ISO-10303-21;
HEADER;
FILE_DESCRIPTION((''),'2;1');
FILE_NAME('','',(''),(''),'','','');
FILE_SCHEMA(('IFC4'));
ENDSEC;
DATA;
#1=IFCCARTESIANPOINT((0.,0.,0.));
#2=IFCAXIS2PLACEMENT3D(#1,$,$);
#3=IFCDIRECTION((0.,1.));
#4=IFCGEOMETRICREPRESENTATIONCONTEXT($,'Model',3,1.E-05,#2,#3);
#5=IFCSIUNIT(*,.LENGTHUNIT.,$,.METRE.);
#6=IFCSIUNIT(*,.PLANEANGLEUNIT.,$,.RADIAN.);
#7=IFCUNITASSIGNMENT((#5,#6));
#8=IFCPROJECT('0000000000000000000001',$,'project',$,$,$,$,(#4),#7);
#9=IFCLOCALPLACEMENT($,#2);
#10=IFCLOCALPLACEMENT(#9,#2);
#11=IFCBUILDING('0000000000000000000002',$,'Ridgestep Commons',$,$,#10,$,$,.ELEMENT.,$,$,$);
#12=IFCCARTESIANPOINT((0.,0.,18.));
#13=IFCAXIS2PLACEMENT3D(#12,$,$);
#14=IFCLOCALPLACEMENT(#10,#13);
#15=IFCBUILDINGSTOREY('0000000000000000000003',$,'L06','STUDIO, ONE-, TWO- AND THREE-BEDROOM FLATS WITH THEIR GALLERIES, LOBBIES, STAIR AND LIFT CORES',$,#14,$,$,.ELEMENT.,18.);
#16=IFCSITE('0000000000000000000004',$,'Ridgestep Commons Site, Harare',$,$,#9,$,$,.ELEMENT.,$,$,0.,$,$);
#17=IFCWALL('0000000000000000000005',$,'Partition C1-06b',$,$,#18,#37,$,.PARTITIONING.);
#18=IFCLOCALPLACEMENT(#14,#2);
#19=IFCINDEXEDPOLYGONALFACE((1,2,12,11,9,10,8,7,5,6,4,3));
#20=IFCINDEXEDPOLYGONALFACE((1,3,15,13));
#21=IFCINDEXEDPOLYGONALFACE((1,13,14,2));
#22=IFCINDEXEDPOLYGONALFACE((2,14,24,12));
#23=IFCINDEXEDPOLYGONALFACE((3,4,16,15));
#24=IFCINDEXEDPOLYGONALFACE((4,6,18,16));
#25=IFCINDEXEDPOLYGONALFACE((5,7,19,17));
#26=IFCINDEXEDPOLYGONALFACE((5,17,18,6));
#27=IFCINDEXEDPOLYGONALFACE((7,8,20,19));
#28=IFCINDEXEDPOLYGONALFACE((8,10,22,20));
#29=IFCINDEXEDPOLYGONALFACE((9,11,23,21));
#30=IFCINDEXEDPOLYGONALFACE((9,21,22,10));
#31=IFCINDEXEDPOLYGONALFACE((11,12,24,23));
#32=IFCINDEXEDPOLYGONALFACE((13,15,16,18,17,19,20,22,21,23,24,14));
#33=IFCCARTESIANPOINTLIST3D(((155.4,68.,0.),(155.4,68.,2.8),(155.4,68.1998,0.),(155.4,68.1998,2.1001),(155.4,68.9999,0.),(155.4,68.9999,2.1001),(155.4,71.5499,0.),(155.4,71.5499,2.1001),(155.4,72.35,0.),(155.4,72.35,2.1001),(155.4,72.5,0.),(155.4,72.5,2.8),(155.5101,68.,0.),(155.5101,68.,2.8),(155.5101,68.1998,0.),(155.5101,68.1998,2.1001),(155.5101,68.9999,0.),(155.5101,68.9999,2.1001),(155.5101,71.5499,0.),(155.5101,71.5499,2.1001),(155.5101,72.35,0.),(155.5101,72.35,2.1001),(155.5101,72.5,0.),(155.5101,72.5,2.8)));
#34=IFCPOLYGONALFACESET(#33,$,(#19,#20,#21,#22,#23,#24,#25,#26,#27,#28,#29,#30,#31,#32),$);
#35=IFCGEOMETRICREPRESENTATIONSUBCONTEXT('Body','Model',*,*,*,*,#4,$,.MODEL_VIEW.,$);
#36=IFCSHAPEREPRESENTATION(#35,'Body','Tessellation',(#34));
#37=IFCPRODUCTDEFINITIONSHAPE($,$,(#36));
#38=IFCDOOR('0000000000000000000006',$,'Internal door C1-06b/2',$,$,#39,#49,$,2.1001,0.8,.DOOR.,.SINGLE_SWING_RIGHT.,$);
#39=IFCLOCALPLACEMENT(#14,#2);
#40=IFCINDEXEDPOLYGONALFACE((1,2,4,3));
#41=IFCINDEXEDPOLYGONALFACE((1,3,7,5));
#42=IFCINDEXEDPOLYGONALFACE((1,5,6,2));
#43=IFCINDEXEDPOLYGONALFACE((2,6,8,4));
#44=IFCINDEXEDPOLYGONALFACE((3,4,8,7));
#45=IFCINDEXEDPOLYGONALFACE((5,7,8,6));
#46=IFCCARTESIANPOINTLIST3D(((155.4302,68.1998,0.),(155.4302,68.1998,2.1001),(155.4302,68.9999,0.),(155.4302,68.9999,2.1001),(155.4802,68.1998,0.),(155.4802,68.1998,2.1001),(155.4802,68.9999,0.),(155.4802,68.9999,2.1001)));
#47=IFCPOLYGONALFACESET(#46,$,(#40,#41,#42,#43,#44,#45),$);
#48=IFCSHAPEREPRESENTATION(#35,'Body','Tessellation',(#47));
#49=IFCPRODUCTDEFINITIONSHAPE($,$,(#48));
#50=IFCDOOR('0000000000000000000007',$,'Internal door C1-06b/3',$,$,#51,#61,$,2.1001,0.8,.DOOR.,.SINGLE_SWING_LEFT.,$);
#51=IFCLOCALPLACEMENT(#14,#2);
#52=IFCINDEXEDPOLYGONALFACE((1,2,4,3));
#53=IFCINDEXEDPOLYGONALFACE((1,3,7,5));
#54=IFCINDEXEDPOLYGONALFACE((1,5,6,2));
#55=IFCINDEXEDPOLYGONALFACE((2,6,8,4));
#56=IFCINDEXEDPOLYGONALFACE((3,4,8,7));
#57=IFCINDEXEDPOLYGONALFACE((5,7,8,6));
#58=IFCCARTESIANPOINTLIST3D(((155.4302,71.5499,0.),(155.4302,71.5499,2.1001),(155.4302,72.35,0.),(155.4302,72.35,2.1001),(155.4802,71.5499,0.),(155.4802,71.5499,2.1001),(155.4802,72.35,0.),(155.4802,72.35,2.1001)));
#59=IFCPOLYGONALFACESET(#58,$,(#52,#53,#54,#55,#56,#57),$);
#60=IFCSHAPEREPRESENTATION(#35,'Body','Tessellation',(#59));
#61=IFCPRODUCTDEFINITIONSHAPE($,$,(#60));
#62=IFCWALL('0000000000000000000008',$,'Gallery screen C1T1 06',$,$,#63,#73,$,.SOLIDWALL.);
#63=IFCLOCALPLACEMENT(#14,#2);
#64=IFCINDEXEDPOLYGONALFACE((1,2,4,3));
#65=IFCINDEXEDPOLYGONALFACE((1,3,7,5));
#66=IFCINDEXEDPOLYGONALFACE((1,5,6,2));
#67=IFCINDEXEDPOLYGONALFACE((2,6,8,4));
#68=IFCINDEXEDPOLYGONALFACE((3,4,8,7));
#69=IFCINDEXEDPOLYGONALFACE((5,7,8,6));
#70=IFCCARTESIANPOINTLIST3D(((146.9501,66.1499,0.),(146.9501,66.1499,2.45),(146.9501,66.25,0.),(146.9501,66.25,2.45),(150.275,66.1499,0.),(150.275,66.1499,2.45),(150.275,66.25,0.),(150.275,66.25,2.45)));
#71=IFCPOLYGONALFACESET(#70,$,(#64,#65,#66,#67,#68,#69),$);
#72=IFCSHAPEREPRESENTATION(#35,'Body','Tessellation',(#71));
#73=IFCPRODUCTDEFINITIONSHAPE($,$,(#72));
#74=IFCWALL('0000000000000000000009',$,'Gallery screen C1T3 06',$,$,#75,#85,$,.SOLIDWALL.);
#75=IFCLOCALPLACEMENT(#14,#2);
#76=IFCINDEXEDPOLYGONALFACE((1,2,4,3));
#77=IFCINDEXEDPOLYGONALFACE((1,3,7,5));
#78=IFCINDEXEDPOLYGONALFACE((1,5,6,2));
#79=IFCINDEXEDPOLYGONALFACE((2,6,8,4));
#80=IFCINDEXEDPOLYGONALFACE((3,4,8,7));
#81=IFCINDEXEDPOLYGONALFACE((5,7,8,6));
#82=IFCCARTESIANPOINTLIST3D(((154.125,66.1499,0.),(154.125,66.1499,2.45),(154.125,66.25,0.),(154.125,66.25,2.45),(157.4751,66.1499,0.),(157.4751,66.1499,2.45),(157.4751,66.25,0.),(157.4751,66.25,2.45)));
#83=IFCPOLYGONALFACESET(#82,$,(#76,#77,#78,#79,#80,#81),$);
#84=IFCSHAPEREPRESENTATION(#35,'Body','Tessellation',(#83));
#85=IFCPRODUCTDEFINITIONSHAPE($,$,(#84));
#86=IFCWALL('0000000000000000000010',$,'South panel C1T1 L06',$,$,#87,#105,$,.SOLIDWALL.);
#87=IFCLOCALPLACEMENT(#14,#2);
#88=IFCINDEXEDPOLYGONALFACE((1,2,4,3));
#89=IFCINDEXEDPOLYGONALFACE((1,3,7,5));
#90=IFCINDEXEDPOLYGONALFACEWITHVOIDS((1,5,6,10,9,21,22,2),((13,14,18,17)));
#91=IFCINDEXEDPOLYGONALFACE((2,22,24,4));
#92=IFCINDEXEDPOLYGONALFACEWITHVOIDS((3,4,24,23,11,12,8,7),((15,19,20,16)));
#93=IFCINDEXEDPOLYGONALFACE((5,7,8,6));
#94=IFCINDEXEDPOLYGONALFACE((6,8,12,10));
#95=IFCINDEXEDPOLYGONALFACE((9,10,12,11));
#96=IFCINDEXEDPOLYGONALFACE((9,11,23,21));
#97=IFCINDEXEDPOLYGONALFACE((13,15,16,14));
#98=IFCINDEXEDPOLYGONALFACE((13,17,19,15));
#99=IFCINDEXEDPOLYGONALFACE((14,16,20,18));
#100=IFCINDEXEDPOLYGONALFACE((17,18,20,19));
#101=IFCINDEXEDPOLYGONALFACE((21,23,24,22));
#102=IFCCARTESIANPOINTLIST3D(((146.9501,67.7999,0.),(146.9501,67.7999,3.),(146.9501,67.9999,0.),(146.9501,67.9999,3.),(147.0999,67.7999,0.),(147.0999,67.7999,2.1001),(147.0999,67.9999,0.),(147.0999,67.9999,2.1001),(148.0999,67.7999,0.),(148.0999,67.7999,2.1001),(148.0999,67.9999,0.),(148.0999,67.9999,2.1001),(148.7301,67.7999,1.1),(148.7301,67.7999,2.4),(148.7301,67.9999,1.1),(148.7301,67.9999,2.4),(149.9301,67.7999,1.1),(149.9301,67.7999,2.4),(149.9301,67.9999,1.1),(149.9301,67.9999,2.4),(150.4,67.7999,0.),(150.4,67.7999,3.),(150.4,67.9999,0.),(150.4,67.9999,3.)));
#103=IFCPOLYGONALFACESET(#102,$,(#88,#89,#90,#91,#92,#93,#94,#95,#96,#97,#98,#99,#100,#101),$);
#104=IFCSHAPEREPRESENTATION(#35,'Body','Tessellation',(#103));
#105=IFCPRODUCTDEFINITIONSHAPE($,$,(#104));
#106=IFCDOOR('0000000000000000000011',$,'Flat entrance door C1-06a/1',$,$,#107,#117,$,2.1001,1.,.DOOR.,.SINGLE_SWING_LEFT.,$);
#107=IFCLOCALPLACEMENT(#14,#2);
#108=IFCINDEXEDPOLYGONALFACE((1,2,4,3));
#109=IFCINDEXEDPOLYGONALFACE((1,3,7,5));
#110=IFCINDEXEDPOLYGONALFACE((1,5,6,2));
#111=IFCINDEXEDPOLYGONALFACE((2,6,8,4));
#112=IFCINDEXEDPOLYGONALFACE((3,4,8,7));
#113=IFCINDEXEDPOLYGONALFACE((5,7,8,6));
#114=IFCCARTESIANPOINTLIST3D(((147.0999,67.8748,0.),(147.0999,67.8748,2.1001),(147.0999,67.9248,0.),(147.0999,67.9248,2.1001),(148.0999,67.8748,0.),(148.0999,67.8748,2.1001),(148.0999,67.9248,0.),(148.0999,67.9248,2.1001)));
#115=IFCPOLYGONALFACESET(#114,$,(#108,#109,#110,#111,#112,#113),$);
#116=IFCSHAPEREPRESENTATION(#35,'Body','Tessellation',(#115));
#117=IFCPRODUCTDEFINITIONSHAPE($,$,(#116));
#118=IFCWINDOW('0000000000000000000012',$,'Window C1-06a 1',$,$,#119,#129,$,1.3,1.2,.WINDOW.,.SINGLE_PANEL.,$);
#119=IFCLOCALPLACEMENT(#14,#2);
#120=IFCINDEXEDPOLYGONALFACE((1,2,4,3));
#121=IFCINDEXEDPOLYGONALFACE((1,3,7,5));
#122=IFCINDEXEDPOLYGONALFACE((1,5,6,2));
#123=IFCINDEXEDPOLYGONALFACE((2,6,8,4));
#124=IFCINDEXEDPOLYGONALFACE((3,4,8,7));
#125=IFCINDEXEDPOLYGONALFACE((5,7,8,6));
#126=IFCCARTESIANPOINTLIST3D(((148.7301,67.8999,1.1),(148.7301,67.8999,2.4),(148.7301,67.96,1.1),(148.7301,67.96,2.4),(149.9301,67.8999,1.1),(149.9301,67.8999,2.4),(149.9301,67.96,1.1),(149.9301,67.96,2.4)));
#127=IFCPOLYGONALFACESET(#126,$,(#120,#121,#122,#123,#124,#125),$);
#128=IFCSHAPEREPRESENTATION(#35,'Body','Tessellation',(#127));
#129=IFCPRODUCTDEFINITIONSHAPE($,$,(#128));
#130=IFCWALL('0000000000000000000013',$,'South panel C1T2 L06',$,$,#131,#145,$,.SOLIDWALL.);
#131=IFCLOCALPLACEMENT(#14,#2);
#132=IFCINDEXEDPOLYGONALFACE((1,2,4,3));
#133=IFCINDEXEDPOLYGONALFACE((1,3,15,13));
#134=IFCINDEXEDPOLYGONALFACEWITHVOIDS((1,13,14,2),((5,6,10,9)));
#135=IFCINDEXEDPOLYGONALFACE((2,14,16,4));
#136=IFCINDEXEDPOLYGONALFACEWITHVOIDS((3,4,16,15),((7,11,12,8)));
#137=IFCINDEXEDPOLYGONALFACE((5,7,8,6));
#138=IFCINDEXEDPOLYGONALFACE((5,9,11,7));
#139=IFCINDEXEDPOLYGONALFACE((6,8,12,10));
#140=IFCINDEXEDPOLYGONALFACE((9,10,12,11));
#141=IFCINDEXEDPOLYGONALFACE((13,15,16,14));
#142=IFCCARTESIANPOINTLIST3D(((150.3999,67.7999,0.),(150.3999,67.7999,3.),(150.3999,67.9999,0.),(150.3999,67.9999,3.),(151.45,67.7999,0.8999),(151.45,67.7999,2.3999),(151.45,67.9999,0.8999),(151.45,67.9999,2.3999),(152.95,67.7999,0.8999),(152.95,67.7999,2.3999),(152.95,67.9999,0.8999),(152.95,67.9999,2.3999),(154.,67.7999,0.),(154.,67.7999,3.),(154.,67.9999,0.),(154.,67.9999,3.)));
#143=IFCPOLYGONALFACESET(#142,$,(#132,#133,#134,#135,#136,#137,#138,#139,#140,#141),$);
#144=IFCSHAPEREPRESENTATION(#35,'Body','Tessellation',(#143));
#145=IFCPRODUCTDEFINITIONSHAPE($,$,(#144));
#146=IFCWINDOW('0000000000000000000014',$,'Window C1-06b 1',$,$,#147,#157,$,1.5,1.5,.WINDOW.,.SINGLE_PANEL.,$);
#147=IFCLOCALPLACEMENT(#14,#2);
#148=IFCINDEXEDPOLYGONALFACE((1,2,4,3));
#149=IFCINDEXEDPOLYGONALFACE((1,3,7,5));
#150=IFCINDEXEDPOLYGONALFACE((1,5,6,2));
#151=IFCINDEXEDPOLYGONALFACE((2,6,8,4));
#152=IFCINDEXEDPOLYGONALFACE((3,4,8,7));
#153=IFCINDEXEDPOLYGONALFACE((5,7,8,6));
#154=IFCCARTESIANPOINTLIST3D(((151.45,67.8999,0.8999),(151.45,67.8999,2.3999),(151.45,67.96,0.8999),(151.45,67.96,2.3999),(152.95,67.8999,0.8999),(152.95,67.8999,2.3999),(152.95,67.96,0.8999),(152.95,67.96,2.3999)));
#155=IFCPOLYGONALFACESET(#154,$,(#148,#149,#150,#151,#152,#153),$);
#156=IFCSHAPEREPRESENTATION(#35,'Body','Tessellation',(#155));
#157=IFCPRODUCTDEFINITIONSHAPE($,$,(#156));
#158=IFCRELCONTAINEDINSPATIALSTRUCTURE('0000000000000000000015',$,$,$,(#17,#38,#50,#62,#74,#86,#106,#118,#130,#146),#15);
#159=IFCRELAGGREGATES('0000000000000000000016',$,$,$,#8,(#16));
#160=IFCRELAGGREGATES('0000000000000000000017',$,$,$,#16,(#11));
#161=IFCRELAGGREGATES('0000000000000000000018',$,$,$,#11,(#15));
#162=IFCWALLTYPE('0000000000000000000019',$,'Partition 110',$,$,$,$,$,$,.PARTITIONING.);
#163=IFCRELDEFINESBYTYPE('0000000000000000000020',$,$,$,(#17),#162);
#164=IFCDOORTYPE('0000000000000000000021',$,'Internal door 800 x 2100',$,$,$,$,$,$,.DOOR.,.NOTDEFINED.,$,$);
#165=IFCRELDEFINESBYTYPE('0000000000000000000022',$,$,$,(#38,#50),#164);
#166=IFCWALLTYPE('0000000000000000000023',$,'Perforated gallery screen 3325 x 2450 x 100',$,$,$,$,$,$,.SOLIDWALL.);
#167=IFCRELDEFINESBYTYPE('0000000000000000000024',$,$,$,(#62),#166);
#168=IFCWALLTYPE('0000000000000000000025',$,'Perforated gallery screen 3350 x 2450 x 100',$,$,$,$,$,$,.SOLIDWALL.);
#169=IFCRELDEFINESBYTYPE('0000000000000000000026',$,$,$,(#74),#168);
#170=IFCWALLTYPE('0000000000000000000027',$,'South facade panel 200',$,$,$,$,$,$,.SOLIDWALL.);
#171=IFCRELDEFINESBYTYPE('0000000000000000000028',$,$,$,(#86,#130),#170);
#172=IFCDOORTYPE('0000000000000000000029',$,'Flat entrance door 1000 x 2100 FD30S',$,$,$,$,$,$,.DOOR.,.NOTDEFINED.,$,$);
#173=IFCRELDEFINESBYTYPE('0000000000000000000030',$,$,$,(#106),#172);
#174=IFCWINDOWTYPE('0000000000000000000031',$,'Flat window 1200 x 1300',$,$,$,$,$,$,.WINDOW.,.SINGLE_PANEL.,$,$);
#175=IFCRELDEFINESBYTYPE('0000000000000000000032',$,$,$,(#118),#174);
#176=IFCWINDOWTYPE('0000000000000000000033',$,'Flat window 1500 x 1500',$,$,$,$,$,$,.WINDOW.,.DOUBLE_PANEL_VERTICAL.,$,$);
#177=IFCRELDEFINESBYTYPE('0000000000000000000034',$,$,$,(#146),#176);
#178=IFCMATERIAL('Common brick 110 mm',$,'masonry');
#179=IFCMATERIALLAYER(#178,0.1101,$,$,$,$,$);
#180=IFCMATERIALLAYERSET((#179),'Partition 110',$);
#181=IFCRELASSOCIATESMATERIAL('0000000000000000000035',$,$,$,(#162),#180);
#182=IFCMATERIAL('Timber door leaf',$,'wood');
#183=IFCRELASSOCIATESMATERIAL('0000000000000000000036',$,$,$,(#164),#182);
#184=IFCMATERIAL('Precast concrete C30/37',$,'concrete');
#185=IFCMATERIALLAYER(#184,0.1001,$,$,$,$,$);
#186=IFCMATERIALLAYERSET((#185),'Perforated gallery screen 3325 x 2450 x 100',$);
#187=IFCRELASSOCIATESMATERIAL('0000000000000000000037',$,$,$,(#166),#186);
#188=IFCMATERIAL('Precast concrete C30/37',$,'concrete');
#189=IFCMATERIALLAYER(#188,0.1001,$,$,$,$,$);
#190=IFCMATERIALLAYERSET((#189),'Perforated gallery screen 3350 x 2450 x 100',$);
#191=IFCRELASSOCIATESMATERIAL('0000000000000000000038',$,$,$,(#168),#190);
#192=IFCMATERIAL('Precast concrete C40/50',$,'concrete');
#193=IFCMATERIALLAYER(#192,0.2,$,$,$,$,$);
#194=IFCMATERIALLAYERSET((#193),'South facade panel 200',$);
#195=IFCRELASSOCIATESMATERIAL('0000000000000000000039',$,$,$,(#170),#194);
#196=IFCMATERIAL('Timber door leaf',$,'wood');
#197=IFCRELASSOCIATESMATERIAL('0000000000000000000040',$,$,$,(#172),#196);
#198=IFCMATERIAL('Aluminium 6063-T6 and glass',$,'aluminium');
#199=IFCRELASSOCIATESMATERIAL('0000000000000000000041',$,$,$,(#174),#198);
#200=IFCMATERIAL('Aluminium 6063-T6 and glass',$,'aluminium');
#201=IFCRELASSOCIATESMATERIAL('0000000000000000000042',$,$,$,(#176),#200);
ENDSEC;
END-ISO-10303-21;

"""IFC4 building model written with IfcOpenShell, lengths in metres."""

from ifc_helpers import new_model, si_unit, direction, frame, frame_2d, origin, place, context, subcontext, project, spatial, rectangle, extrude, material, layer, layer_set, type_object, element, fill, save


model = new_model("IFC4")

# Units and contexts
model_context = context("Model", 3, precision=1e-05, world=origin(), true_north=direction((0.0, 1.0)))
body_context = subcontext(model_context, "Body", "Model", "MODEL_VIEW")
ifc_project = project(units=[si_unit("LENGTHUNIT", "METRE"), si_unit("PLANEANGLEUNIT", "RADIAN")], contexts=[model_context])

# Site, building, storey
site_placement = place(None, origin())
site = spatial("IfcSite", under=ifc_project, at=site_placement, Name="Ridgestep Commons Site, Harare", CompositionType="ELEMENT", RefElevation=0.0)
building_placement = place(site_placement, origin())
building = spatial("IfcBuilding", under=site, at=building_placement, Name="Ridgestep Commons", CompositionType="ELEMENT")
storey_placement = place(building_placement, frame((0.0, 0.0, 18.0)))
storey = spatial("IfcBuildingStorey", under=building, at=storey_placement, Name="L06", Description="STUDIO, ONE-, TWO- AND THREE-BEDROOM FLATS WITH THEIR GALLERIES, LOBBIES, STAIR AND LIFT CORES", CompositionType="ELEMENT", Elevation=18.0)

# Wall, openings, doors
ifc_material_1 = material(Name="Common brick 110 mm", Category="masonry")
ifc_layer_1 = layer(ifc_material_1, 0.1101)
ifc_layer_set_1 = layer_set([ifc_layer_1], Name="Partition 110")
wall_type_1 = type_object("IfcWallType", Name="Partition 110", PredefinedType="PARTITIONING", material=ifc_layer_set_1)
ifc_material_2 = material(Name="Timber door leaf", Category="wood")
door_type_1 = type_object("IfcDoorType", Name="Internal door 800 x 2100", OperationType="NOTDEFINED", PredefinedType="DOOR", material=ifc_material_2)
wall_1_placement = place(storey_placement, frame((155.4551, 68.0, 0.0), z_axis=(0.0, 0.0, 1.0), x_axis=(0.0, 1.0, 0.0)))
wall_1 = element("IfcWall", 1, at=wall_1_placement, inside=storey, type_object=wall_type_1, Name="Partition C1-06b", PredefinedType="PARTITIONING", context=body_context, shape_type="SweptSolid", body=[
    extrude(rectangle(XDim=4.5, YDim=0.1101, at=frame_2d((2.25, 0.0))), origin(), (0.0, 0.0, 1.0), 2.8),
])
opening_1_placement = place(wall_1_placement, frame((0.2, 0.0, 0.0)))
opening_1 = element("IfcOpeningElement", 2, at=opening_1_placement, cuts=wall_1, PredefinedType="OPENING", context=body_context, shape_type="SweptSolid", body=[
    extrude(rectangle(XDim=0.8, YDim=2.1001, at=frame_2d((0.3999, 1.05))), frame((0.0, 0.0649, 0.0), z_axis=(0.0, -1.0, 0.0), x_axis=(1.0, 0.0, 0.0)), (0.0, 0.0, 1.0), 0.1301),
])
opening_2_placement = place(wall_1_placement, frame((3.55, 0.0, 0.0)))
opening_2 = element("IfcOpeningElement", 3, at=opening_2_placement, cuts=wall_1, PredefinedType="OPENING", context=body_context, shape_type="SweptSolid", body=[
    extrude(rectangle(XDim=0.8, YDim=2.1001, at=frame_2d((0.3999, 1.05))), frame((0.0, 0.0649, 0.0), z_axis=(0.0, -1.0, 0.0), x_axis=(1.0, 0.0, 0.0)), (0.0, 0.0, 1.0), 0.1301),
])
door_1_placement = place(opening_1_placement, origin())
door_1 = element("IfcDoor", 4, at=door_1_placement, inside=storey, type_object=door_type_1, Name="Internal door C1-06b/2", OperationType="SINGLE_SWING_RIGHT", OverallHeight=2.1001, OverallWidth=0.8, PredefinedType="DOOR", context=body_context, shape_type="SweptSolid", body=[
    extrude(rectangle(XDim=0.8, YDim=2.1001, at=frame_2d((0.3999, 1.05))), frame((0.0, 0.0249, 0.0), z_axis=(0.0, -1.0, 0.0), x_axis=(1.0, 0.0, 0.0)), (0.0, 0.0, 1.0), 0.05),
])
fill(opening_1, door_1)
door_2_placement = place(opening_2_placement, origin())
door_2 = element("IfcDoor", 5, at=door_2_placement, inside=storey, type_object=door_type_1, Name="Internal door C1-06b/3", OperationType="SINGLE_SWING_LEFT", OverallHeight=2.1001, OverallWidth=0.8, PredefinedType="DOOR", context=body_context, shape_type="SweptSolid", body=[
    extrude(rectangle(XDim=0.8, YDim=2.1001, at=frame_2d((0.3999, 1.05))), frame((0.0, 0.0249, 0.0), z_axis=(0.0, -1.0, 0.0), x_axis=(1.0, 0.0, 0.0)), (0.0, 0.0, 1.0), 0.05),
])
fill(opening_2, door_2)

# Walls
ifc_material_3 = material(Name="Precast concrete C30/37", Category="concrete")
ifc_layer_2 = layer(ifc_material_3, 0.1001)
ifc_layer_set_2 = layer_set([ifc_layer_2], Name="Perforated gallery screen 3325 x 2450 x 100")
wall_type_2 = type_object("IfcWallType", Name="Perforated gallery screen 3325 x 2450 x 100", PredefinedType="SOLIDWALL", material=ifc_layer_set_2)
wall_2_placement = place(storey_placement, frame((146.95, 66.2, 0.0), z_axis=(0.0, 0.0, 1.0), x_axis=(1.0, 0.0, 0.0)))
element("IfcWall", 6, at=wall_2_placement, inside=storey, type_object=wall_type_2, Name="Gallery screen C1T1 06", PredefinedType="SOLIDWALL", context=body_context, shape_type="SweptSolid", body=[
    extrude(rectangle(XDim=3.325, YDim=0.1001, at=frame_2d((1.6626, 0.0))), origin(), (0.0, 0.0, 1.0), 2.45),
])
ifc_material_4 = material(Name="Precast concrete C30/37", Category="concrete")
ifc_layer_3 = layer(ifc_material_4, 0.1001)
ifc_layer_set_3 = layer_set([ifc_layer_3], Name="Perforated gallery screen 3350 x 2450 x 100")
wall_type_3 = type_object("IfcWallType", Name="Perforated gallery screen 3350 x 2450 x 100", PredefinedType="SOLIDWALL", material=ifc_layer_set_3)
wall_3_placement = place(storey_placement, frame((154.125, 66.2, 0.0), z_axis=(0.0, 0.0, 1.0), x_axis=(1.0, 0.0, 0.0)))
element("IfcWall", 7, at=wall_3_placement, inside=storey, type_object=wall_type_3, Name="Gallery screen C1T3 06", PredefinedType="SOLIDWALL", context=body_context, shape_type="SweptSolid", body=[
    extrude(rectangle(XDim=3.3501, YDim=0.1001, at=frame_2d((1.675, 0.0))), origin(), (0.0, 0.0, 1.0), 2.45),
])

# Wall, openings, door, window
ifc_material_5 = material(Name="Precast concrete C40/50", Category="concrete")
ifc_layer_4 = layer(ifc_material_5, 0.2)
ifc_layer_set_4 = layer_set([ifc_layer_4], Name="South facade panel 200")
wall_type_4 = type_object("IfcWallType", Name="South facade panel 200", PredefinedType="SOLIDWALL", material=ifc_layer_set_4)
wall_4_placement = place(storey_placement, frame((146.95, 67.8999, 0.0), z_axis=(0.0, 0.0, 1.0), x_axis=(1.0, 0.0, 0.0)))
wall_4 = element("IfcWall", 8, at=wall_4_placement, inside=storey, type_object=wall_type_4, Name="South panel C1T1 L06", PredefinedType="SOLIDWALL", context=body_context, shape_type="SweptSolid", body=[
    extrude(rectangle(XDim=3.45, YDim=0.2, at=frame_2d((1.7251, 0.0))), origin(), (0.0, 0.0, 1.0), 3.0),
])
opening_3_placement = place(wall_4_placement, frame((1.78, 0.0, 1.1001)))
opening_3 = element("IfcOpeningElement", 9, at=opening_3_placement, cuts=wall_4, PredefinedType="OPENING", context=body_context, shape_type="SweptSolid", body=[
    extrude(rectangle(XDim=1.2, YDim=1.3, at=frame_2d((0.6001, 0.6499))), frame((0.0, 0.1099, 0.0), z_axis=(0.0, -1.0, 0.0), x_axis=(1.0, 0.0, 0.0)), (0.0, 0.0, 1.0), 0.22),
])
opening_4_placement = place(wall_4_placement, frame((0.1499, 0.0, 0.0)))
opening_4 = element("IfcOpeningElement", 10, at=opening_4_placement, cuts=wall_4, PredefinedType="OPENING", context=body_context, shape_type="SweptSolid", body=[
    extrude(rectangle(XDim=1.0, YDim=2.1001, at=frame_2d((0.5, 1.05))), frame((0.0, 0.1099, 0.0), z_axis=(0.0, -1.0, 0.0), x_axis=(1.0, 0.0, 0.0)), (0.0, 0.0, 1.0), 0.22),
])
ifc_material_6 = material(Name="Timber door leaf", Category="wood")
door_type_2 = type_object("IfcDoorType", Name="Flat entrance door 1000 x 2100 FD30S", OperationType="NOTDEFINED", PredefinedType="DOOR", material=ifc_material_6)
door_3_placement = place(opening_4_placement, origin())
door_3 = element("IfcDoor", 11, at=door_3_placement, inside=storey, type_object=door_type_2, Name="Flat entrance door C1-06a/1", OperationType="SINGLE_SWING_LEFT", OverallHeight=2.1001, OverallWidth=1.0, PredefinedType="DOOR", context=body_context, shape_type="SweptSolid", body=[
    extrude(rectangle(XDim=1.0, YDim=2.1001, at=frame_2d((0.5, 1.05))), frame((0.0, 0.0249, 0.0), z_axis=(0.0, -1.0, 0.0), x_axis=(1.0, 0.0, 0.0)), (0.0, 0.0, 1.0), 0.05),
])
fill(opening_4, door_3)
ifc_material_7 = material(Name="Aluminium 6063-T6 and glass", Category="aluminium")
window_type_1 = type_object("IfcWindowType", Name="Flat window 1200 x 1300", PartitioningType="SINGLE_PANEL", PredefinedType="WINDOW", material=ifc_material_7)
window_1_placement = place(opening_3_placement, origin())
window_1 = element("IfcWindow", 12, at=window_1_placement, inside=storey, type_object=window_type_1, Name="Window C1-06a 1", OverallHeight=1.3, OverallWidth=1.2, PartitioningType="SINGLE_PANEL", PredefinedType="WINDOW", context=body_context, shape_type="SweptSolid", body=[
    extrude(rectangle(XDim=1.2, YDim=1.3, at=frame_2d((0.6001, 0.6499))), frame((0.0, 0.0601, 0.0), z_axis=(0.0, -1.0, 0.0), x_axis=(1.0, 0.0, 0.0)), (0.0, 0.0, 1.0), 0.0601),
])
fill(opening_3, window_1)

# Wall, opening, window
wall_5_placement = place(storey_placement, frame((150.3999, 67.8999, 0.0), z_axis=(0.0, 0.0, 1.0), x_axis=(1.0, 0.0, 0.0)))
wall_5 = element("IfcWall", 13, at=wall_5_placement, inside=storey, type_object=wall_type_4, Name="South panel C1T2 L06", PredefinedType="SOLIDWALL", context=body_context, shape_type="SweptSolid", body=[
    extrude(rectangle(XDim=3.6001, YDim=0.2, at=frame_2d((1.8, 0.0))), origin(), (0.0, 0.0, 1.0), 3.0),
])
opening_5_placement = place(wall_5_placement, frame((1.05, 0.0, 0.8999)))
opening_5 = element("IfcOpeningElement", 14, at=opening_5_placement, cuts=wall_5, PredefinedType="OPENING", context=body_context, shape_type="SweptSolid", body=[
    extrude(rectangle(XDim=1.5, YDim=1.5, at=frame_2d((0.75, 0.75))), frame((0.0, 0.1099, 0.0), z_axis=(0.0, -1.0, 0.0), x_axis=(1.0, 0.0, 0.0)), (0.0, 0.0, 1.0), 0.22),
])
ifc_material_8 = material(Name="Aluminium 6063-T6 and glass", Category="aluminium")
window_type_2 = type_object("IfcWindowType", Name="Flat window 1500 x 1500", PartitioningType="DOUBLE_PANEL_VERTICAL", PredefinedType="WINDOW", material=ifc_material_8)
window_2_placement = place(opening_5_placement, origin())
window_2 = element("IfcWindow", 15, at=window_2_placement, inside=storey, type_object=window_type_2, Name="Window C1-06b 1", OverallHeight=1.5, OverallWidth=1.5, PartitioningType="SINGLE_PANEL", PredefinedType="WINDOW", context=body_context, shape_type="SweptSolid", body=[
    extrude(rectangle(XDim=1.5, YDim=1.5, at=frame_2d((0.75, 0.75))), frame((0.0, 0.0601, 0.0), z_axis=(0.0, -1.0, 0.0), x_axis=(1.0, 0.0, 0.0)), (0.0, 0.0, 1.0), 0.0601),
])
fill(opening_5, window_2)

save(model, "model.ifc")
